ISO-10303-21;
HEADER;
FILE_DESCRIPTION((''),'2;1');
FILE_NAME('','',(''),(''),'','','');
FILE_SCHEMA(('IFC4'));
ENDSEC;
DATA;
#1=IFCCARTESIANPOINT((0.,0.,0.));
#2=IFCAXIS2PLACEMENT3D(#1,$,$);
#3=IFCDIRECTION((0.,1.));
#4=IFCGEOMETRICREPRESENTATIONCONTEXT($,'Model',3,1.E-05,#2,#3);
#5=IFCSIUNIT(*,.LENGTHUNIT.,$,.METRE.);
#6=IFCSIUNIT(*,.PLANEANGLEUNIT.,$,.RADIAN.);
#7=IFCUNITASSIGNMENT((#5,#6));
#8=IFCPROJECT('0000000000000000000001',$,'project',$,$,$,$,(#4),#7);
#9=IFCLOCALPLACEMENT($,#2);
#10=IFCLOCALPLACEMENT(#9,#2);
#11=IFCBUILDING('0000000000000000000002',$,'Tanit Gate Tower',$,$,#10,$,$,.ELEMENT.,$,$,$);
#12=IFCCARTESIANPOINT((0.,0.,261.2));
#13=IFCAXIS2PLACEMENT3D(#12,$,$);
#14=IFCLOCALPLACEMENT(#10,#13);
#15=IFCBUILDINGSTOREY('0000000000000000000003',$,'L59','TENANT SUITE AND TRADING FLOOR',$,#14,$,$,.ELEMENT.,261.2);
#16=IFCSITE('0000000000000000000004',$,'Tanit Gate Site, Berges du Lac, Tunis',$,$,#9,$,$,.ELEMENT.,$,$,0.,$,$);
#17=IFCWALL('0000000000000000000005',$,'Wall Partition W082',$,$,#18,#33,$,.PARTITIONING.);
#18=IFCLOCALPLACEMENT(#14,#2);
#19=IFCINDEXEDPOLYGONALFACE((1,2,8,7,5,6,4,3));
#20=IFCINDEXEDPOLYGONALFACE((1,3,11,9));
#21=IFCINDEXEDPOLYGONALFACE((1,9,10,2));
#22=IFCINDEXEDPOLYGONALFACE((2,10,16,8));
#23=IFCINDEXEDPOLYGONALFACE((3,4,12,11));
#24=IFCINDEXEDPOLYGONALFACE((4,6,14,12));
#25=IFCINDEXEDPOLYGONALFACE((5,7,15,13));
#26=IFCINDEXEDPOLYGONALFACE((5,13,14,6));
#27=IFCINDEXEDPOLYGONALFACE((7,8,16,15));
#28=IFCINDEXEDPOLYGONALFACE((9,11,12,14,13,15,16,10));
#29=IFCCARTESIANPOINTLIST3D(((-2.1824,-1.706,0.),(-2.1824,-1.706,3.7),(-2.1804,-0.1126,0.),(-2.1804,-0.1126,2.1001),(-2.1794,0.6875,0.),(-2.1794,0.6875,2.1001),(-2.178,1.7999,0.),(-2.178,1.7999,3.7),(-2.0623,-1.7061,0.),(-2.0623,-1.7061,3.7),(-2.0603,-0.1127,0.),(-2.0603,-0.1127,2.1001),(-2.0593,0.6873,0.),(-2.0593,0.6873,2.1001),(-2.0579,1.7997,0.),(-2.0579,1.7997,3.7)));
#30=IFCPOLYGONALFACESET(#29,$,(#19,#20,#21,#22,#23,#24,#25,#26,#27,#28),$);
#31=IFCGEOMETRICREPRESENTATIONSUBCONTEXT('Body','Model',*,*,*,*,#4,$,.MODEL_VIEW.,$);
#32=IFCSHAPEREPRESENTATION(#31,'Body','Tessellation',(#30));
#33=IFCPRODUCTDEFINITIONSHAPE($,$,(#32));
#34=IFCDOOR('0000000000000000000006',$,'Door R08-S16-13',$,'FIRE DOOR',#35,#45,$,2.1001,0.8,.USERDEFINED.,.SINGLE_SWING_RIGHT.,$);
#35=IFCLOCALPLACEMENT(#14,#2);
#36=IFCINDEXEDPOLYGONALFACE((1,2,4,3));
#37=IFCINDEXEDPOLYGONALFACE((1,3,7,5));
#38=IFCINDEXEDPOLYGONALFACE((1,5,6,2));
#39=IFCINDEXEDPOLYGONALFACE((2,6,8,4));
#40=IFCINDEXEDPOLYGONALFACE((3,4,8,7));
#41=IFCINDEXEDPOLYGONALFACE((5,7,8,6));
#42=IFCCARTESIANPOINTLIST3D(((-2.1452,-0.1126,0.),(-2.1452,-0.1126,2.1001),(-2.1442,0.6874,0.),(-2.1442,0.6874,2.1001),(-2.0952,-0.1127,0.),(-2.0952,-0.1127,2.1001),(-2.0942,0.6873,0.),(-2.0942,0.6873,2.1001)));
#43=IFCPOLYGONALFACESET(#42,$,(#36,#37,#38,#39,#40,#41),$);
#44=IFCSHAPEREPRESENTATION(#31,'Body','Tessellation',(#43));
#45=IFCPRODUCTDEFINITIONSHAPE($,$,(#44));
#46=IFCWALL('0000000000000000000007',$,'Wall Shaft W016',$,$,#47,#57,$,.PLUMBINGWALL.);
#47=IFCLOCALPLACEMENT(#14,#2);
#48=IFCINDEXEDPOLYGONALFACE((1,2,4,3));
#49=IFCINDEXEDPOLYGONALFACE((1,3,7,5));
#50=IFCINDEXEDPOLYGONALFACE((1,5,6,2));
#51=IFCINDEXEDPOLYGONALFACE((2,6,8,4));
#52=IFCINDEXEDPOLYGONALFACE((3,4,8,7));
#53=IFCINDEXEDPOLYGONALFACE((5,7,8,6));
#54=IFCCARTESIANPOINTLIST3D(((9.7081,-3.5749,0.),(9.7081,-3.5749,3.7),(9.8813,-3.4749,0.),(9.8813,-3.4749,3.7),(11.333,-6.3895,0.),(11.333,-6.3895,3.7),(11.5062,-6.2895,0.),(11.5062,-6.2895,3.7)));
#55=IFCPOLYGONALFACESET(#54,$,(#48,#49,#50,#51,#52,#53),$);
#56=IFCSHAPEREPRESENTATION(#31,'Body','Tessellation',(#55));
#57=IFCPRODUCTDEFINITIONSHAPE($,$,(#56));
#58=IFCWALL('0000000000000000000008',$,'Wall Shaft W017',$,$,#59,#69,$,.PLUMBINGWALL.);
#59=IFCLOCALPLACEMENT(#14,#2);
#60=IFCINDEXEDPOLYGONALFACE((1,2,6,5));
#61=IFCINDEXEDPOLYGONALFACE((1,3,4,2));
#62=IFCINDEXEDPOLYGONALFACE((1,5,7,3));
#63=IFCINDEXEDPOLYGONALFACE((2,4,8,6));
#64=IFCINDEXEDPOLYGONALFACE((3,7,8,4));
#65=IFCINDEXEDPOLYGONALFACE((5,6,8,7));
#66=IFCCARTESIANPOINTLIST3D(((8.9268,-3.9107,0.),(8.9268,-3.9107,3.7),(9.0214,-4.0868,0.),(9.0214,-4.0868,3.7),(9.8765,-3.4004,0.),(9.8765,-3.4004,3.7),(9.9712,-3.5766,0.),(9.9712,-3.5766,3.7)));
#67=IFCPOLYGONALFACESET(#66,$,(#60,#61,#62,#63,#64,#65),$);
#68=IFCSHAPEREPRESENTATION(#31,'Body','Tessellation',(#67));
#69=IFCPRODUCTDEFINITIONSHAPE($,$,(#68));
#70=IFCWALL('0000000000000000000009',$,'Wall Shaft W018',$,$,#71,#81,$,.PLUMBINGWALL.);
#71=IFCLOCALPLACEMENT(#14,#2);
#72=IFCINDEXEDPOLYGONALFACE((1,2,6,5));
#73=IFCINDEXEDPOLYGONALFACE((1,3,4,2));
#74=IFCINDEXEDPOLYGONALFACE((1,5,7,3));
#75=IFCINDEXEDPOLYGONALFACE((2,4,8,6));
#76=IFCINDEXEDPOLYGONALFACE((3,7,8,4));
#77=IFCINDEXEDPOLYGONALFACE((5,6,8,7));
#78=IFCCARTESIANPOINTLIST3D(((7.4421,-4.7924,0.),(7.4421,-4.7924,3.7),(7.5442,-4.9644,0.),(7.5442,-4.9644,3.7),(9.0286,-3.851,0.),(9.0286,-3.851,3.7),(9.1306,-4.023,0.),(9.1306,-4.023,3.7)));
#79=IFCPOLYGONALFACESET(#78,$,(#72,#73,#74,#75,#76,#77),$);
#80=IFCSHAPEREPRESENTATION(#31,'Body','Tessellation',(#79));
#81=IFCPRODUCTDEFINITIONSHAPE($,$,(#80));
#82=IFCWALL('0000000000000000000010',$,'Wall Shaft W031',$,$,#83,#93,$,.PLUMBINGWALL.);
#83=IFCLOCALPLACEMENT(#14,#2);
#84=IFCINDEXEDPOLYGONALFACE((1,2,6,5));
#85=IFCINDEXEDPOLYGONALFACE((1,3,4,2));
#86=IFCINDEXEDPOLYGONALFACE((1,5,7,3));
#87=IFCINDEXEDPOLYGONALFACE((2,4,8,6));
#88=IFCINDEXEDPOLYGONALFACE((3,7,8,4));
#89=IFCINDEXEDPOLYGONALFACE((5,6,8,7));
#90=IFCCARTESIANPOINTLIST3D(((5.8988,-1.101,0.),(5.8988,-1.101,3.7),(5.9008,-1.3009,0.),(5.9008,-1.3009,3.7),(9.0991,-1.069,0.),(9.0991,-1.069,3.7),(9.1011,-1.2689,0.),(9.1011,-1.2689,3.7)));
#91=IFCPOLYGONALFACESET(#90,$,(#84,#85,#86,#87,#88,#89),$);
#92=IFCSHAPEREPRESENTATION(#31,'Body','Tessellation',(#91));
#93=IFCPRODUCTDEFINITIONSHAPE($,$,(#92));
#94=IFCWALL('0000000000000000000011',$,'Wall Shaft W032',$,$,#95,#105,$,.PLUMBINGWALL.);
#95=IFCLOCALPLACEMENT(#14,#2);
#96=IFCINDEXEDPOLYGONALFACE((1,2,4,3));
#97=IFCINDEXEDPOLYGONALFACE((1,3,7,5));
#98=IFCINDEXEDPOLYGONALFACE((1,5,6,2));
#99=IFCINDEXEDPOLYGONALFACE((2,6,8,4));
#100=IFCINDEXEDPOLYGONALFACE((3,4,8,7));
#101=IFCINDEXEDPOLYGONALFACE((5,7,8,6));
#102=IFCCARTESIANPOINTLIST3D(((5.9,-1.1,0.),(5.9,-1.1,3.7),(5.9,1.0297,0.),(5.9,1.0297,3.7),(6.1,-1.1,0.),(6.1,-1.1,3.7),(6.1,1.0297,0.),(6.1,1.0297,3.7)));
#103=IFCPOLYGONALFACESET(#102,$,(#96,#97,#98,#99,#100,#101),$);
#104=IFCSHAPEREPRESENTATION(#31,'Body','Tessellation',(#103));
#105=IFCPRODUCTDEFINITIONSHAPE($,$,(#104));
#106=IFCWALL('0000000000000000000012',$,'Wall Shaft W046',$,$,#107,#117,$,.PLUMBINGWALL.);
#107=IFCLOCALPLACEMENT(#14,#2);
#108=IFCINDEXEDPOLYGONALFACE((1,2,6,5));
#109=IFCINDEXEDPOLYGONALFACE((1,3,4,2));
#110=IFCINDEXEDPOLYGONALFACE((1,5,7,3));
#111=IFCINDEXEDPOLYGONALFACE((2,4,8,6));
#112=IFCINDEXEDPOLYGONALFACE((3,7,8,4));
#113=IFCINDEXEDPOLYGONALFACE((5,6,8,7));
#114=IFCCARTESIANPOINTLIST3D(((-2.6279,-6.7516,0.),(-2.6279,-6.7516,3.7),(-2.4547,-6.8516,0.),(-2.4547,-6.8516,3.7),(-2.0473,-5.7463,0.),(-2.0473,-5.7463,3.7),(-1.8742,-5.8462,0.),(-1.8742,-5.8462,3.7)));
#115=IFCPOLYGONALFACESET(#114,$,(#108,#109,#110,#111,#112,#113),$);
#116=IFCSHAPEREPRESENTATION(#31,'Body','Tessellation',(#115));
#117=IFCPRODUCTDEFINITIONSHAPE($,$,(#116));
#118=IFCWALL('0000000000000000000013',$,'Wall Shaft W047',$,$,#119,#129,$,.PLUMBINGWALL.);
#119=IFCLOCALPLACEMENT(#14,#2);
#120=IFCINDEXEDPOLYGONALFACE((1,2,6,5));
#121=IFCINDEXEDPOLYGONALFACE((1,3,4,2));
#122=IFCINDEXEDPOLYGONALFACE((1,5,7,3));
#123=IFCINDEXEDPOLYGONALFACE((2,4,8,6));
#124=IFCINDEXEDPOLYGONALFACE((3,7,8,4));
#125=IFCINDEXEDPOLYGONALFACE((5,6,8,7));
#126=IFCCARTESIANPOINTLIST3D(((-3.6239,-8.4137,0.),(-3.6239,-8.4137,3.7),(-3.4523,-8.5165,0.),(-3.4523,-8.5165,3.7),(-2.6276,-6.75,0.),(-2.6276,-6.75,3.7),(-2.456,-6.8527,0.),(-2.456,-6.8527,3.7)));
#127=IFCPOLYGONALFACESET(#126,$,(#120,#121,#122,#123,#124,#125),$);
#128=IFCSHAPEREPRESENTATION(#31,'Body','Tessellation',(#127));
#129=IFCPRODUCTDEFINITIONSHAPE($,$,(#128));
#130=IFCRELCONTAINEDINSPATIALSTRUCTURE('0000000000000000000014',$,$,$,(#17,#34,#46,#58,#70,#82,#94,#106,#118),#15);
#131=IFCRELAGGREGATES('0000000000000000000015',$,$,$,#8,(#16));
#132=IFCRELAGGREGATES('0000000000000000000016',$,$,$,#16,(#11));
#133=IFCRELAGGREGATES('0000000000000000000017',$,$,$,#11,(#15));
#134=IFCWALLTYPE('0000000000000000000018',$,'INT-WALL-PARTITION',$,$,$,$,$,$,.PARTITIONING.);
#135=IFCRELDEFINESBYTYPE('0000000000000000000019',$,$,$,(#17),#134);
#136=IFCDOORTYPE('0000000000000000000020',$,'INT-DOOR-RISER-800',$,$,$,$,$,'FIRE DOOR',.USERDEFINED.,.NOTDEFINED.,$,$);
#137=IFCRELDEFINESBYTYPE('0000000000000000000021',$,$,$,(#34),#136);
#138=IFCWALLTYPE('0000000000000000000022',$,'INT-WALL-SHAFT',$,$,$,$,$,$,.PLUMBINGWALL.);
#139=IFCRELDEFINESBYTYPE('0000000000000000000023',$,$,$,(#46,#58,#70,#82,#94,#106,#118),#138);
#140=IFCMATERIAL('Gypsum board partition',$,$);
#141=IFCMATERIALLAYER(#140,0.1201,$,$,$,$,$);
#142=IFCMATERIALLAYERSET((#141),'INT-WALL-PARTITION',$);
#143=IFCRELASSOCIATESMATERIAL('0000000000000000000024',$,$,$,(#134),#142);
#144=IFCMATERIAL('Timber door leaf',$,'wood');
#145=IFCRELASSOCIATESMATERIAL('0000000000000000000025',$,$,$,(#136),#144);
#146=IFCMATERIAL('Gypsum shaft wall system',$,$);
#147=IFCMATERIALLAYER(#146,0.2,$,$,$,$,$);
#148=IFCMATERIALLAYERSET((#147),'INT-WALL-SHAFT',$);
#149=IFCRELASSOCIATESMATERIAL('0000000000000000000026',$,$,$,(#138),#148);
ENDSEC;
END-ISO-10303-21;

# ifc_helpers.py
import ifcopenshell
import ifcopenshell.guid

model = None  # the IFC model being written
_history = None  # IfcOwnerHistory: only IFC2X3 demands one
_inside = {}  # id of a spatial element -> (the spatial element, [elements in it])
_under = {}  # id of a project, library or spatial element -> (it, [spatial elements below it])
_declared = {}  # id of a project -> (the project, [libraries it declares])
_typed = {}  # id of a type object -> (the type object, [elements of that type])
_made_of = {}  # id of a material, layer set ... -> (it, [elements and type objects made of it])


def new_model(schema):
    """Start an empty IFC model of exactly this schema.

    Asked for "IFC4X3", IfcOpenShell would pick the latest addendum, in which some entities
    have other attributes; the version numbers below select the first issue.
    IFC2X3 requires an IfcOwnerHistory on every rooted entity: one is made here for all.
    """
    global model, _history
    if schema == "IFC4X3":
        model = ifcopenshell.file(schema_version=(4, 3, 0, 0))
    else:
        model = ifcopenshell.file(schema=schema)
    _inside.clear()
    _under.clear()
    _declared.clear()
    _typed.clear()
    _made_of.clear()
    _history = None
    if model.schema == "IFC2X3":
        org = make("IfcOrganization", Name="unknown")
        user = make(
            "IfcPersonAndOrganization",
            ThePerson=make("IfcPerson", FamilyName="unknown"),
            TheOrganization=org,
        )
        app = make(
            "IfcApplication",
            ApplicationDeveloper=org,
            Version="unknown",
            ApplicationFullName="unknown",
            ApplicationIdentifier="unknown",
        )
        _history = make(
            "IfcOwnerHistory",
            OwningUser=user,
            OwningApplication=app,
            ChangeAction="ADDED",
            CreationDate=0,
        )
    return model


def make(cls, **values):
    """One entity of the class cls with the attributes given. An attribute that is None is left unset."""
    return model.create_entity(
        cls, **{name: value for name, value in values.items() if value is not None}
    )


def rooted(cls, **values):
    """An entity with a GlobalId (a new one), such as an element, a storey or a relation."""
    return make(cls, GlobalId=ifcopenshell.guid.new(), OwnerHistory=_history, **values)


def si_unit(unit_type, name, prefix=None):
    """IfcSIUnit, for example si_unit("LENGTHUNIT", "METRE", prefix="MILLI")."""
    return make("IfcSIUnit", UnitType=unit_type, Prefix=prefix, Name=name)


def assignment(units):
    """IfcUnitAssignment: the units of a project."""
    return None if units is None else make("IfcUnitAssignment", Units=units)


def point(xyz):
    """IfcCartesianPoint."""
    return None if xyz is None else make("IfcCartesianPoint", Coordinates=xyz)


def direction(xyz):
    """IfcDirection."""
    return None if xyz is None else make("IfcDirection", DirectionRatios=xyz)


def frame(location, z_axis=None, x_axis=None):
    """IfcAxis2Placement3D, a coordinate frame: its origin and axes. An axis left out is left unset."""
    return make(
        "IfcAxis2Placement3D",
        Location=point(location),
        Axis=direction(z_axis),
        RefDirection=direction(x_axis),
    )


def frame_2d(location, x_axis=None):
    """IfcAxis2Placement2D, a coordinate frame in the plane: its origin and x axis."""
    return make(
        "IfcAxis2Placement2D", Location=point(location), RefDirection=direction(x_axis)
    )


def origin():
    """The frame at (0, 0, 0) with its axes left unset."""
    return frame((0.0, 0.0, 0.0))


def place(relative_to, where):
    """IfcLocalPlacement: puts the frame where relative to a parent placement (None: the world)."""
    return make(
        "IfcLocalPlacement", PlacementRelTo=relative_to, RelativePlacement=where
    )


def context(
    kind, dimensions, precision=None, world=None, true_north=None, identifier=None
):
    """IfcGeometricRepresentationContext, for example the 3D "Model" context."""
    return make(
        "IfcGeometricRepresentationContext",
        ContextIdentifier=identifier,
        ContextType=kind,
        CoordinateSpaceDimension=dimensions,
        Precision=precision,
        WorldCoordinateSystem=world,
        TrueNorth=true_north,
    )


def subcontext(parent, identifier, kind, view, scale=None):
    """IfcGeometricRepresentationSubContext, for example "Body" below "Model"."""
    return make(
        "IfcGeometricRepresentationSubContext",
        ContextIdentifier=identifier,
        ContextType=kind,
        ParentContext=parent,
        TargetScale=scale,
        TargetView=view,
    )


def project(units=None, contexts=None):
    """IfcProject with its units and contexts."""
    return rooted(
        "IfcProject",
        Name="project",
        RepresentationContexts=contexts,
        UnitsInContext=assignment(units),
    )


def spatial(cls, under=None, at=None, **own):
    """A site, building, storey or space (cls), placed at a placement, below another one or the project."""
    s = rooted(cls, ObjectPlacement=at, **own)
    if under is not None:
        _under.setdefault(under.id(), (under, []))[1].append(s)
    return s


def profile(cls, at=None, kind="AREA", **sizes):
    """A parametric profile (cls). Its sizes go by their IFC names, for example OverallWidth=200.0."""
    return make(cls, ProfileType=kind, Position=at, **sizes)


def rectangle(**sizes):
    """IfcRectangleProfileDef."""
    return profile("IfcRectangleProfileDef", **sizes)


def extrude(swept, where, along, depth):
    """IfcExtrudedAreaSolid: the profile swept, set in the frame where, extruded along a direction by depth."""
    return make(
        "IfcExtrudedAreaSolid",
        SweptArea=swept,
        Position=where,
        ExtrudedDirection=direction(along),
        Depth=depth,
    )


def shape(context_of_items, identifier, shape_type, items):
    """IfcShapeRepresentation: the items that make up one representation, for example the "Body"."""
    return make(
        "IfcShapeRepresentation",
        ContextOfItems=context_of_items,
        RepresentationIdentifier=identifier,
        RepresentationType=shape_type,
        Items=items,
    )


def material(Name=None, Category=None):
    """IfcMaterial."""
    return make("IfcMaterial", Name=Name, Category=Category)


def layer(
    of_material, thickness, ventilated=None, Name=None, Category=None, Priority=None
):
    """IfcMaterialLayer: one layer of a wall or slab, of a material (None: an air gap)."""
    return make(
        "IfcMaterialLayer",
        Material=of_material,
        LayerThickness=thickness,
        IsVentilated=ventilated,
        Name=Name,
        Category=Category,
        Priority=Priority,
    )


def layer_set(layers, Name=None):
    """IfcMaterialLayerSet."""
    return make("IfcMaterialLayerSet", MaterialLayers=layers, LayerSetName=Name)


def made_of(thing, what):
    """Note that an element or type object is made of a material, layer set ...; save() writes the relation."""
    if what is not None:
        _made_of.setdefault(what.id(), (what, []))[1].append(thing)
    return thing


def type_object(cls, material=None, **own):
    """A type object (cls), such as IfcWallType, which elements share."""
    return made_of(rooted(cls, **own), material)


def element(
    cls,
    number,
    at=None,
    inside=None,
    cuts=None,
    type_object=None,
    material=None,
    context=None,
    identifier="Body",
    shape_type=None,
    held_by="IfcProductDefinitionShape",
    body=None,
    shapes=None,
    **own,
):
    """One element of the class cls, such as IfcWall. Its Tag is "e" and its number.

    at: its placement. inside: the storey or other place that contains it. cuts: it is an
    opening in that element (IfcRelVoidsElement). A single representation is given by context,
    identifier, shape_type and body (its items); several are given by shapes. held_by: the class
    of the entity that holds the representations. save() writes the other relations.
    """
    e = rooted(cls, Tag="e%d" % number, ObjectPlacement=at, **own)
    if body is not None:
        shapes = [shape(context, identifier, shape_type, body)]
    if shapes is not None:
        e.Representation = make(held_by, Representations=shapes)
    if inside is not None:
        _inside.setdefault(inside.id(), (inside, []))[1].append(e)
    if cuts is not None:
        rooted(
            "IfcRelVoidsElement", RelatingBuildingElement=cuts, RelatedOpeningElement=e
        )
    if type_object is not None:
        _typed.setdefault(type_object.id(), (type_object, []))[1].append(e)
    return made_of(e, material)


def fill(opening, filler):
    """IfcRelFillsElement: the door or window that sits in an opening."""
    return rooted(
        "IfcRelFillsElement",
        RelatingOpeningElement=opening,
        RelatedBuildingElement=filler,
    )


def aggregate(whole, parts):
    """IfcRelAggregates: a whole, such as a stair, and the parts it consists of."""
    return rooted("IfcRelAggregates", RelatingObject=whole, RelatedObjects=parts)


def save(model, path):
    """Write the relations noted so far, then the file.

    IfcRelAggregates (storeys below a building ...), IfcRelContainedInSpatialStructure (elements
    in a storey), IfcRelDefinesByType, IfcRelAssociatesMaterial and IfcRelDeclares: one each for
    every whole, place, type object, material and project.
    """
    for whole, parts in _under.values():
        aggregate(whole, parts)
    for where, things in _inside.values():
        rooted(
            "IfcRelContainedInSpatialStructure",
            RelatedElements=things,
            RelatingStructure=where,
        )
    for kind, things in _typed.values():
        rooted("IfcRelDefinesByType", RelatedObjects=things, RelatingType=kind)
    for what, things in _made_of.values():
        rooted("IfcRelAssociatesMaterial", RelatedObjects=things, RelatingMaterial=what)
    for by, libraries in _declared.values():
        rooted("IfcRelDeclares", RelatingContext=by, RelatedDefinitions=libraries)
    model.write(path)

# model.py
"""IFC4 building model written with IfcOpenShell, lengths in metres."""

from ifc_helpers import new_model, si_unit, direction, frame, frame_2d, origin, place, context, subcontext, project, spatial, rectangle, extrude, material, layer, layer_set, type_object, element, fill, save


model = new_model("IFC4")

# Units and contexts
model_context = context("Model", 3, precision=1e-05, world=origin(), true_north=direction((0.0, 1.0)))
body_context = subcontext(model_context, "Body", "Model", "MODEL_VIEW")
ifc_project = project(units=[si_unit("LENGTHUNIT", "METRE"), si_unit("PLANEANGLEUNIT", "RADIAN")], contexts=[model_context])

# Site, building, storey
site_placement = place(None, origin())
site = spatial("IfcSite", under=ifc_project, at=site_placement, Name="Tanit Gate Site, Berges du Lac, Tunis", CompositionType="ELEMENT", RefElevation=0.0)
building_placement = place(site_placement, origin())
building = spatial("IfcBuilding", under=site, at=building_placement, Name="Tanit Gate Tower", CompositionType="ELEMENT")
storey_placement = place(building_placement, frame((0.0, 0.0, 261.2)))
storey = spatial("IfcBuildingStorey", under=building, at=storey_placement, Name="L59", Description="TENANT SUITE AND TRADING FLOOR", CompositionType="ELEMENT", Elevation=261.2)

# Shared definitions
ifc_material_1 = material(Name="Gypsum board partition")
ifc_layer_1 = layer(ifc_material_1, 0.1201)
ifc_layer_set_1 = layer_set([ifc_layer_1], Name="INT-WALL-PARTITION")
wall_type_1 = type_object("IfcWallType", Name="INT-WALL-PARTITION", PredefinedType="PARTITIONING", material=ifc_layer_set_1)

# Shared definitions
ifc_material_2 = material(Name="Timber door leaf", Category="wood")
door_type_1 = type_object("IfcDoorType", Name="INT-DOOR-RISER-800", ElementType="FIRE DOOR", OperationType="NOTDEFINED", PredefinedType="USERDEFINED", material=ifc_material_2)

# Wall, opening, door
wall_1_placement = place(storey_placement, frame((-2.1223, -1.7061, 0.0), z_axis=(0.0, 0.0, 1.0), x_axis=(0.001253, 0.999999, 0.0)))
wall_1 = element("IfcWall", 1, at=wall_1_placement, inside=storey, type_object=wall_type_1, Name="Wall Partition W082", PredefinedType="PARTITIONING", context=body_context, shape_type="SweptSolid", body=[
    extrude(rectangle(XDim=3.5059, YDim=0.1201, at=frame_2d((1.7529, 0.0))), origin(), (0.0, 0.0, 1.0), 3.7),
])
opening_1_placement = place(wall_1_placement, frame((1.5935, 0.0, 0.0)))
opening_1 = element("IfcOpeningElement", 2, at=opening_1_placement, cuts=wall_1, PredefinedType="OPENING", context=body_context, shape_type="SweptSolid", body=[
    extrude(rectangle(XDim=0.8, YDim=2.1001, at=frame_2d((0.3999, 1.05))), frame((0.0, 0.0701, 0.0), z_axis=(0.0, -1.0, 0.0), x_axis=(1.0, 0.0, 0.0)), (0.0, 0.0, 1.0), 0.1401),
])
door_1_placement = place(opening_1_placement, origin())
door_1 = element("IfcDoor", 3, at=door_1_placement, inside=storey, type_object=door_type_1, Name="Door R08-S16-13", ObjectType="FIRE DOOR", OperationType="SINGLE_SWING_RIGHT", OverallHeight=2.1001, OverallWidth=0.8, PredefinedType="USERDEFINED", context=body_context, shape_type="SweptSolid", body=[
    extrude(rectangle(XDim=0.8, YDim=2.1001, at=frame_2d((0.3999, 1.05))), frame((0.0, 0.0249, 0.0), z_axis=(0.0, -1.0, 0.0), x_axis=(1.0, 0.0, 0.0)), (0.0, 0.0, 1.0), 0.05),
])
fill(opening_1, door_1)

# Walls
ifc_material_3 = material(Name="Gypsum shaft wall system")
ifc_layer_2 = layer(ifc_material_3, 0.2)
ifc_layer_set_2 = layer_set([ifc_layer_2], Name="INT-WALL-SHAFT")
wall_type_2 = type_object("IfcWallType", Name="INT-WALL-SHAFT", PredefinedType="PLUMBINGWALL", material=ifc_layer_set_2)
wall_2_placement = place(storey_placement, frame((9.7947, -3.5249, 0.0), z_axis=(0.0, 0.0, 1.0), x_axis=(0.499985, -0.866034, 0.0)))
element("IfcWall", 4, at=wall_2_placement, inside=storey, type_object=wall_type_2, Name="Wall Shaft W016", PredefinedType="PLUMBINGWALL", context=body_context, shape_type="SweptSolid", body=[
    extrude(rectangle(XDim=3.25, YDim=0.2, at=frame_2d((1.625, 0.0))), origin(), (0.0, 0.0, 1.0), 3.7),
])
wall_3_placement = place(storey_placement, frame((8.9741, -3.9988, 0.0), z_axis=(0.0, 0.0, 1.0), x_axis=(0.880907, 0.473289, 0.0)))
element("IfcWall", 5, at=wall_3_placement, inside=storey, type_object=wall_type_2, Name="Wall Shaft W017", PredefinedType="PLUMBINGWALL", context=body_context, shape_type="SweptSolid", body=[
    extrude(rectangle(XDim=1.0781, YDim=0.2, at=frame_2d((0.5391, 0.0))), origin(), (0.0, 0.0, 1.0), 3.7),
])
wall_4_placement = place(storey_placement, frame((7.4932, -4.8784, 0.0), z_axis=(0.0, 0.0, 1.0), x_axis=(0.859982, 0.510325, 0.0)))
element("IfcWall", 6, at=wall_4_placement, inside=storey, type_object=wall_type_2, Name="Wall Shaft W018", PredefinedType="PLUMBINGWALL", context=body_context, shape_type="SweptSolid", body=[
    extrude(rectangle(XDim=1.8447, YDim=0.2, at=frame_2d((0.9224, 0.0))), origin(), (0.0, 0.0, 1.0), 3.7),
])
wall_5_placement = place(storey_placement, frame((5.8999, -1.2009, 0.0), z_axis=(0.0, 0.0, 1.0), x_axis=(0.99995, 0.009993, 0.0)))
element("IfcWall", 7, at=wall_5_placement, inside=storey, type_object=wall_type_2, Name="Wall Shaft W031", PredefinedType="PLUMBINGWALL", context=body_context, shape_type="SweptSolid", body=[
    extrude(rectangle(XDim=3.2004, YDim=0.2, at=frame_2d((1.6001, 0.0))), origin(), (0.0, 0.0, 1.0), 3.7),
])
wall_6_placement = place(storey_placement, frame((6.0, -1.1001, 0.0), z_axis=(0.0, 0.0, 1.0), x_axis=(0.0, 1.0, 0.0)))
element("IfcWall", 8, at=wall_6_placement, inside=storey, type_object=wall_type_2, Name="Wall Shaft W032", PredefinedType="PLUMBINGWALL", context=body_context, shape_type="SweptSolid", body=[
    extrude(rectangle(XDim=2.1296, YDim=0.2, at=frame_2d((1.0649, 0.0))), origin(), (0.0, 0.0, 1.0), 3.7),
])
wall_7_placement = place(storey_placement, frame((-1.9607, -5.7961, 0.0), z_axis=(0.0, 0.0, 1.0), x_axis=(-0.500074, -0.865982, 0.0)))
element("IfcWall", 9, at=wall_7_placement, inside=storey, type_object=wall_type_2, Name="Wall Shaft W046", PredefinedType="PLUMBINGWALL", context=body_context, shape_type="SweptSolid", body=[
    extrude(rectangle(XDim=1.1609, YDim=0.2, at=frame_2d((0.5806, 0.0))), origin(), (0.0, 0.0, 1.0), 3.7),
])
wall_8_placement = place(storey_placement, frame((-2.5417, -6.8013, 0.0), z_axis=(0.0, 0.0, 1.0), x_axis=(-0.513755, -0.857937, 0.0)))
element("IfcWall", 10, at=wall_8_placement, inside=storey, type_object=wall_type_2, Name="Wall Shaft W047", PredefinedType="PLUMBINGWALL", context=body_context, shape_type="SweptSolid", body=[
    extrude(rectangle(XDim=1.9392, YDim=0.2, at=frame_2d((0.9697, 0.0))), origin(), (0.0, 0.0, 1.0), 3.7),
])

save(model, "model.ifc")
